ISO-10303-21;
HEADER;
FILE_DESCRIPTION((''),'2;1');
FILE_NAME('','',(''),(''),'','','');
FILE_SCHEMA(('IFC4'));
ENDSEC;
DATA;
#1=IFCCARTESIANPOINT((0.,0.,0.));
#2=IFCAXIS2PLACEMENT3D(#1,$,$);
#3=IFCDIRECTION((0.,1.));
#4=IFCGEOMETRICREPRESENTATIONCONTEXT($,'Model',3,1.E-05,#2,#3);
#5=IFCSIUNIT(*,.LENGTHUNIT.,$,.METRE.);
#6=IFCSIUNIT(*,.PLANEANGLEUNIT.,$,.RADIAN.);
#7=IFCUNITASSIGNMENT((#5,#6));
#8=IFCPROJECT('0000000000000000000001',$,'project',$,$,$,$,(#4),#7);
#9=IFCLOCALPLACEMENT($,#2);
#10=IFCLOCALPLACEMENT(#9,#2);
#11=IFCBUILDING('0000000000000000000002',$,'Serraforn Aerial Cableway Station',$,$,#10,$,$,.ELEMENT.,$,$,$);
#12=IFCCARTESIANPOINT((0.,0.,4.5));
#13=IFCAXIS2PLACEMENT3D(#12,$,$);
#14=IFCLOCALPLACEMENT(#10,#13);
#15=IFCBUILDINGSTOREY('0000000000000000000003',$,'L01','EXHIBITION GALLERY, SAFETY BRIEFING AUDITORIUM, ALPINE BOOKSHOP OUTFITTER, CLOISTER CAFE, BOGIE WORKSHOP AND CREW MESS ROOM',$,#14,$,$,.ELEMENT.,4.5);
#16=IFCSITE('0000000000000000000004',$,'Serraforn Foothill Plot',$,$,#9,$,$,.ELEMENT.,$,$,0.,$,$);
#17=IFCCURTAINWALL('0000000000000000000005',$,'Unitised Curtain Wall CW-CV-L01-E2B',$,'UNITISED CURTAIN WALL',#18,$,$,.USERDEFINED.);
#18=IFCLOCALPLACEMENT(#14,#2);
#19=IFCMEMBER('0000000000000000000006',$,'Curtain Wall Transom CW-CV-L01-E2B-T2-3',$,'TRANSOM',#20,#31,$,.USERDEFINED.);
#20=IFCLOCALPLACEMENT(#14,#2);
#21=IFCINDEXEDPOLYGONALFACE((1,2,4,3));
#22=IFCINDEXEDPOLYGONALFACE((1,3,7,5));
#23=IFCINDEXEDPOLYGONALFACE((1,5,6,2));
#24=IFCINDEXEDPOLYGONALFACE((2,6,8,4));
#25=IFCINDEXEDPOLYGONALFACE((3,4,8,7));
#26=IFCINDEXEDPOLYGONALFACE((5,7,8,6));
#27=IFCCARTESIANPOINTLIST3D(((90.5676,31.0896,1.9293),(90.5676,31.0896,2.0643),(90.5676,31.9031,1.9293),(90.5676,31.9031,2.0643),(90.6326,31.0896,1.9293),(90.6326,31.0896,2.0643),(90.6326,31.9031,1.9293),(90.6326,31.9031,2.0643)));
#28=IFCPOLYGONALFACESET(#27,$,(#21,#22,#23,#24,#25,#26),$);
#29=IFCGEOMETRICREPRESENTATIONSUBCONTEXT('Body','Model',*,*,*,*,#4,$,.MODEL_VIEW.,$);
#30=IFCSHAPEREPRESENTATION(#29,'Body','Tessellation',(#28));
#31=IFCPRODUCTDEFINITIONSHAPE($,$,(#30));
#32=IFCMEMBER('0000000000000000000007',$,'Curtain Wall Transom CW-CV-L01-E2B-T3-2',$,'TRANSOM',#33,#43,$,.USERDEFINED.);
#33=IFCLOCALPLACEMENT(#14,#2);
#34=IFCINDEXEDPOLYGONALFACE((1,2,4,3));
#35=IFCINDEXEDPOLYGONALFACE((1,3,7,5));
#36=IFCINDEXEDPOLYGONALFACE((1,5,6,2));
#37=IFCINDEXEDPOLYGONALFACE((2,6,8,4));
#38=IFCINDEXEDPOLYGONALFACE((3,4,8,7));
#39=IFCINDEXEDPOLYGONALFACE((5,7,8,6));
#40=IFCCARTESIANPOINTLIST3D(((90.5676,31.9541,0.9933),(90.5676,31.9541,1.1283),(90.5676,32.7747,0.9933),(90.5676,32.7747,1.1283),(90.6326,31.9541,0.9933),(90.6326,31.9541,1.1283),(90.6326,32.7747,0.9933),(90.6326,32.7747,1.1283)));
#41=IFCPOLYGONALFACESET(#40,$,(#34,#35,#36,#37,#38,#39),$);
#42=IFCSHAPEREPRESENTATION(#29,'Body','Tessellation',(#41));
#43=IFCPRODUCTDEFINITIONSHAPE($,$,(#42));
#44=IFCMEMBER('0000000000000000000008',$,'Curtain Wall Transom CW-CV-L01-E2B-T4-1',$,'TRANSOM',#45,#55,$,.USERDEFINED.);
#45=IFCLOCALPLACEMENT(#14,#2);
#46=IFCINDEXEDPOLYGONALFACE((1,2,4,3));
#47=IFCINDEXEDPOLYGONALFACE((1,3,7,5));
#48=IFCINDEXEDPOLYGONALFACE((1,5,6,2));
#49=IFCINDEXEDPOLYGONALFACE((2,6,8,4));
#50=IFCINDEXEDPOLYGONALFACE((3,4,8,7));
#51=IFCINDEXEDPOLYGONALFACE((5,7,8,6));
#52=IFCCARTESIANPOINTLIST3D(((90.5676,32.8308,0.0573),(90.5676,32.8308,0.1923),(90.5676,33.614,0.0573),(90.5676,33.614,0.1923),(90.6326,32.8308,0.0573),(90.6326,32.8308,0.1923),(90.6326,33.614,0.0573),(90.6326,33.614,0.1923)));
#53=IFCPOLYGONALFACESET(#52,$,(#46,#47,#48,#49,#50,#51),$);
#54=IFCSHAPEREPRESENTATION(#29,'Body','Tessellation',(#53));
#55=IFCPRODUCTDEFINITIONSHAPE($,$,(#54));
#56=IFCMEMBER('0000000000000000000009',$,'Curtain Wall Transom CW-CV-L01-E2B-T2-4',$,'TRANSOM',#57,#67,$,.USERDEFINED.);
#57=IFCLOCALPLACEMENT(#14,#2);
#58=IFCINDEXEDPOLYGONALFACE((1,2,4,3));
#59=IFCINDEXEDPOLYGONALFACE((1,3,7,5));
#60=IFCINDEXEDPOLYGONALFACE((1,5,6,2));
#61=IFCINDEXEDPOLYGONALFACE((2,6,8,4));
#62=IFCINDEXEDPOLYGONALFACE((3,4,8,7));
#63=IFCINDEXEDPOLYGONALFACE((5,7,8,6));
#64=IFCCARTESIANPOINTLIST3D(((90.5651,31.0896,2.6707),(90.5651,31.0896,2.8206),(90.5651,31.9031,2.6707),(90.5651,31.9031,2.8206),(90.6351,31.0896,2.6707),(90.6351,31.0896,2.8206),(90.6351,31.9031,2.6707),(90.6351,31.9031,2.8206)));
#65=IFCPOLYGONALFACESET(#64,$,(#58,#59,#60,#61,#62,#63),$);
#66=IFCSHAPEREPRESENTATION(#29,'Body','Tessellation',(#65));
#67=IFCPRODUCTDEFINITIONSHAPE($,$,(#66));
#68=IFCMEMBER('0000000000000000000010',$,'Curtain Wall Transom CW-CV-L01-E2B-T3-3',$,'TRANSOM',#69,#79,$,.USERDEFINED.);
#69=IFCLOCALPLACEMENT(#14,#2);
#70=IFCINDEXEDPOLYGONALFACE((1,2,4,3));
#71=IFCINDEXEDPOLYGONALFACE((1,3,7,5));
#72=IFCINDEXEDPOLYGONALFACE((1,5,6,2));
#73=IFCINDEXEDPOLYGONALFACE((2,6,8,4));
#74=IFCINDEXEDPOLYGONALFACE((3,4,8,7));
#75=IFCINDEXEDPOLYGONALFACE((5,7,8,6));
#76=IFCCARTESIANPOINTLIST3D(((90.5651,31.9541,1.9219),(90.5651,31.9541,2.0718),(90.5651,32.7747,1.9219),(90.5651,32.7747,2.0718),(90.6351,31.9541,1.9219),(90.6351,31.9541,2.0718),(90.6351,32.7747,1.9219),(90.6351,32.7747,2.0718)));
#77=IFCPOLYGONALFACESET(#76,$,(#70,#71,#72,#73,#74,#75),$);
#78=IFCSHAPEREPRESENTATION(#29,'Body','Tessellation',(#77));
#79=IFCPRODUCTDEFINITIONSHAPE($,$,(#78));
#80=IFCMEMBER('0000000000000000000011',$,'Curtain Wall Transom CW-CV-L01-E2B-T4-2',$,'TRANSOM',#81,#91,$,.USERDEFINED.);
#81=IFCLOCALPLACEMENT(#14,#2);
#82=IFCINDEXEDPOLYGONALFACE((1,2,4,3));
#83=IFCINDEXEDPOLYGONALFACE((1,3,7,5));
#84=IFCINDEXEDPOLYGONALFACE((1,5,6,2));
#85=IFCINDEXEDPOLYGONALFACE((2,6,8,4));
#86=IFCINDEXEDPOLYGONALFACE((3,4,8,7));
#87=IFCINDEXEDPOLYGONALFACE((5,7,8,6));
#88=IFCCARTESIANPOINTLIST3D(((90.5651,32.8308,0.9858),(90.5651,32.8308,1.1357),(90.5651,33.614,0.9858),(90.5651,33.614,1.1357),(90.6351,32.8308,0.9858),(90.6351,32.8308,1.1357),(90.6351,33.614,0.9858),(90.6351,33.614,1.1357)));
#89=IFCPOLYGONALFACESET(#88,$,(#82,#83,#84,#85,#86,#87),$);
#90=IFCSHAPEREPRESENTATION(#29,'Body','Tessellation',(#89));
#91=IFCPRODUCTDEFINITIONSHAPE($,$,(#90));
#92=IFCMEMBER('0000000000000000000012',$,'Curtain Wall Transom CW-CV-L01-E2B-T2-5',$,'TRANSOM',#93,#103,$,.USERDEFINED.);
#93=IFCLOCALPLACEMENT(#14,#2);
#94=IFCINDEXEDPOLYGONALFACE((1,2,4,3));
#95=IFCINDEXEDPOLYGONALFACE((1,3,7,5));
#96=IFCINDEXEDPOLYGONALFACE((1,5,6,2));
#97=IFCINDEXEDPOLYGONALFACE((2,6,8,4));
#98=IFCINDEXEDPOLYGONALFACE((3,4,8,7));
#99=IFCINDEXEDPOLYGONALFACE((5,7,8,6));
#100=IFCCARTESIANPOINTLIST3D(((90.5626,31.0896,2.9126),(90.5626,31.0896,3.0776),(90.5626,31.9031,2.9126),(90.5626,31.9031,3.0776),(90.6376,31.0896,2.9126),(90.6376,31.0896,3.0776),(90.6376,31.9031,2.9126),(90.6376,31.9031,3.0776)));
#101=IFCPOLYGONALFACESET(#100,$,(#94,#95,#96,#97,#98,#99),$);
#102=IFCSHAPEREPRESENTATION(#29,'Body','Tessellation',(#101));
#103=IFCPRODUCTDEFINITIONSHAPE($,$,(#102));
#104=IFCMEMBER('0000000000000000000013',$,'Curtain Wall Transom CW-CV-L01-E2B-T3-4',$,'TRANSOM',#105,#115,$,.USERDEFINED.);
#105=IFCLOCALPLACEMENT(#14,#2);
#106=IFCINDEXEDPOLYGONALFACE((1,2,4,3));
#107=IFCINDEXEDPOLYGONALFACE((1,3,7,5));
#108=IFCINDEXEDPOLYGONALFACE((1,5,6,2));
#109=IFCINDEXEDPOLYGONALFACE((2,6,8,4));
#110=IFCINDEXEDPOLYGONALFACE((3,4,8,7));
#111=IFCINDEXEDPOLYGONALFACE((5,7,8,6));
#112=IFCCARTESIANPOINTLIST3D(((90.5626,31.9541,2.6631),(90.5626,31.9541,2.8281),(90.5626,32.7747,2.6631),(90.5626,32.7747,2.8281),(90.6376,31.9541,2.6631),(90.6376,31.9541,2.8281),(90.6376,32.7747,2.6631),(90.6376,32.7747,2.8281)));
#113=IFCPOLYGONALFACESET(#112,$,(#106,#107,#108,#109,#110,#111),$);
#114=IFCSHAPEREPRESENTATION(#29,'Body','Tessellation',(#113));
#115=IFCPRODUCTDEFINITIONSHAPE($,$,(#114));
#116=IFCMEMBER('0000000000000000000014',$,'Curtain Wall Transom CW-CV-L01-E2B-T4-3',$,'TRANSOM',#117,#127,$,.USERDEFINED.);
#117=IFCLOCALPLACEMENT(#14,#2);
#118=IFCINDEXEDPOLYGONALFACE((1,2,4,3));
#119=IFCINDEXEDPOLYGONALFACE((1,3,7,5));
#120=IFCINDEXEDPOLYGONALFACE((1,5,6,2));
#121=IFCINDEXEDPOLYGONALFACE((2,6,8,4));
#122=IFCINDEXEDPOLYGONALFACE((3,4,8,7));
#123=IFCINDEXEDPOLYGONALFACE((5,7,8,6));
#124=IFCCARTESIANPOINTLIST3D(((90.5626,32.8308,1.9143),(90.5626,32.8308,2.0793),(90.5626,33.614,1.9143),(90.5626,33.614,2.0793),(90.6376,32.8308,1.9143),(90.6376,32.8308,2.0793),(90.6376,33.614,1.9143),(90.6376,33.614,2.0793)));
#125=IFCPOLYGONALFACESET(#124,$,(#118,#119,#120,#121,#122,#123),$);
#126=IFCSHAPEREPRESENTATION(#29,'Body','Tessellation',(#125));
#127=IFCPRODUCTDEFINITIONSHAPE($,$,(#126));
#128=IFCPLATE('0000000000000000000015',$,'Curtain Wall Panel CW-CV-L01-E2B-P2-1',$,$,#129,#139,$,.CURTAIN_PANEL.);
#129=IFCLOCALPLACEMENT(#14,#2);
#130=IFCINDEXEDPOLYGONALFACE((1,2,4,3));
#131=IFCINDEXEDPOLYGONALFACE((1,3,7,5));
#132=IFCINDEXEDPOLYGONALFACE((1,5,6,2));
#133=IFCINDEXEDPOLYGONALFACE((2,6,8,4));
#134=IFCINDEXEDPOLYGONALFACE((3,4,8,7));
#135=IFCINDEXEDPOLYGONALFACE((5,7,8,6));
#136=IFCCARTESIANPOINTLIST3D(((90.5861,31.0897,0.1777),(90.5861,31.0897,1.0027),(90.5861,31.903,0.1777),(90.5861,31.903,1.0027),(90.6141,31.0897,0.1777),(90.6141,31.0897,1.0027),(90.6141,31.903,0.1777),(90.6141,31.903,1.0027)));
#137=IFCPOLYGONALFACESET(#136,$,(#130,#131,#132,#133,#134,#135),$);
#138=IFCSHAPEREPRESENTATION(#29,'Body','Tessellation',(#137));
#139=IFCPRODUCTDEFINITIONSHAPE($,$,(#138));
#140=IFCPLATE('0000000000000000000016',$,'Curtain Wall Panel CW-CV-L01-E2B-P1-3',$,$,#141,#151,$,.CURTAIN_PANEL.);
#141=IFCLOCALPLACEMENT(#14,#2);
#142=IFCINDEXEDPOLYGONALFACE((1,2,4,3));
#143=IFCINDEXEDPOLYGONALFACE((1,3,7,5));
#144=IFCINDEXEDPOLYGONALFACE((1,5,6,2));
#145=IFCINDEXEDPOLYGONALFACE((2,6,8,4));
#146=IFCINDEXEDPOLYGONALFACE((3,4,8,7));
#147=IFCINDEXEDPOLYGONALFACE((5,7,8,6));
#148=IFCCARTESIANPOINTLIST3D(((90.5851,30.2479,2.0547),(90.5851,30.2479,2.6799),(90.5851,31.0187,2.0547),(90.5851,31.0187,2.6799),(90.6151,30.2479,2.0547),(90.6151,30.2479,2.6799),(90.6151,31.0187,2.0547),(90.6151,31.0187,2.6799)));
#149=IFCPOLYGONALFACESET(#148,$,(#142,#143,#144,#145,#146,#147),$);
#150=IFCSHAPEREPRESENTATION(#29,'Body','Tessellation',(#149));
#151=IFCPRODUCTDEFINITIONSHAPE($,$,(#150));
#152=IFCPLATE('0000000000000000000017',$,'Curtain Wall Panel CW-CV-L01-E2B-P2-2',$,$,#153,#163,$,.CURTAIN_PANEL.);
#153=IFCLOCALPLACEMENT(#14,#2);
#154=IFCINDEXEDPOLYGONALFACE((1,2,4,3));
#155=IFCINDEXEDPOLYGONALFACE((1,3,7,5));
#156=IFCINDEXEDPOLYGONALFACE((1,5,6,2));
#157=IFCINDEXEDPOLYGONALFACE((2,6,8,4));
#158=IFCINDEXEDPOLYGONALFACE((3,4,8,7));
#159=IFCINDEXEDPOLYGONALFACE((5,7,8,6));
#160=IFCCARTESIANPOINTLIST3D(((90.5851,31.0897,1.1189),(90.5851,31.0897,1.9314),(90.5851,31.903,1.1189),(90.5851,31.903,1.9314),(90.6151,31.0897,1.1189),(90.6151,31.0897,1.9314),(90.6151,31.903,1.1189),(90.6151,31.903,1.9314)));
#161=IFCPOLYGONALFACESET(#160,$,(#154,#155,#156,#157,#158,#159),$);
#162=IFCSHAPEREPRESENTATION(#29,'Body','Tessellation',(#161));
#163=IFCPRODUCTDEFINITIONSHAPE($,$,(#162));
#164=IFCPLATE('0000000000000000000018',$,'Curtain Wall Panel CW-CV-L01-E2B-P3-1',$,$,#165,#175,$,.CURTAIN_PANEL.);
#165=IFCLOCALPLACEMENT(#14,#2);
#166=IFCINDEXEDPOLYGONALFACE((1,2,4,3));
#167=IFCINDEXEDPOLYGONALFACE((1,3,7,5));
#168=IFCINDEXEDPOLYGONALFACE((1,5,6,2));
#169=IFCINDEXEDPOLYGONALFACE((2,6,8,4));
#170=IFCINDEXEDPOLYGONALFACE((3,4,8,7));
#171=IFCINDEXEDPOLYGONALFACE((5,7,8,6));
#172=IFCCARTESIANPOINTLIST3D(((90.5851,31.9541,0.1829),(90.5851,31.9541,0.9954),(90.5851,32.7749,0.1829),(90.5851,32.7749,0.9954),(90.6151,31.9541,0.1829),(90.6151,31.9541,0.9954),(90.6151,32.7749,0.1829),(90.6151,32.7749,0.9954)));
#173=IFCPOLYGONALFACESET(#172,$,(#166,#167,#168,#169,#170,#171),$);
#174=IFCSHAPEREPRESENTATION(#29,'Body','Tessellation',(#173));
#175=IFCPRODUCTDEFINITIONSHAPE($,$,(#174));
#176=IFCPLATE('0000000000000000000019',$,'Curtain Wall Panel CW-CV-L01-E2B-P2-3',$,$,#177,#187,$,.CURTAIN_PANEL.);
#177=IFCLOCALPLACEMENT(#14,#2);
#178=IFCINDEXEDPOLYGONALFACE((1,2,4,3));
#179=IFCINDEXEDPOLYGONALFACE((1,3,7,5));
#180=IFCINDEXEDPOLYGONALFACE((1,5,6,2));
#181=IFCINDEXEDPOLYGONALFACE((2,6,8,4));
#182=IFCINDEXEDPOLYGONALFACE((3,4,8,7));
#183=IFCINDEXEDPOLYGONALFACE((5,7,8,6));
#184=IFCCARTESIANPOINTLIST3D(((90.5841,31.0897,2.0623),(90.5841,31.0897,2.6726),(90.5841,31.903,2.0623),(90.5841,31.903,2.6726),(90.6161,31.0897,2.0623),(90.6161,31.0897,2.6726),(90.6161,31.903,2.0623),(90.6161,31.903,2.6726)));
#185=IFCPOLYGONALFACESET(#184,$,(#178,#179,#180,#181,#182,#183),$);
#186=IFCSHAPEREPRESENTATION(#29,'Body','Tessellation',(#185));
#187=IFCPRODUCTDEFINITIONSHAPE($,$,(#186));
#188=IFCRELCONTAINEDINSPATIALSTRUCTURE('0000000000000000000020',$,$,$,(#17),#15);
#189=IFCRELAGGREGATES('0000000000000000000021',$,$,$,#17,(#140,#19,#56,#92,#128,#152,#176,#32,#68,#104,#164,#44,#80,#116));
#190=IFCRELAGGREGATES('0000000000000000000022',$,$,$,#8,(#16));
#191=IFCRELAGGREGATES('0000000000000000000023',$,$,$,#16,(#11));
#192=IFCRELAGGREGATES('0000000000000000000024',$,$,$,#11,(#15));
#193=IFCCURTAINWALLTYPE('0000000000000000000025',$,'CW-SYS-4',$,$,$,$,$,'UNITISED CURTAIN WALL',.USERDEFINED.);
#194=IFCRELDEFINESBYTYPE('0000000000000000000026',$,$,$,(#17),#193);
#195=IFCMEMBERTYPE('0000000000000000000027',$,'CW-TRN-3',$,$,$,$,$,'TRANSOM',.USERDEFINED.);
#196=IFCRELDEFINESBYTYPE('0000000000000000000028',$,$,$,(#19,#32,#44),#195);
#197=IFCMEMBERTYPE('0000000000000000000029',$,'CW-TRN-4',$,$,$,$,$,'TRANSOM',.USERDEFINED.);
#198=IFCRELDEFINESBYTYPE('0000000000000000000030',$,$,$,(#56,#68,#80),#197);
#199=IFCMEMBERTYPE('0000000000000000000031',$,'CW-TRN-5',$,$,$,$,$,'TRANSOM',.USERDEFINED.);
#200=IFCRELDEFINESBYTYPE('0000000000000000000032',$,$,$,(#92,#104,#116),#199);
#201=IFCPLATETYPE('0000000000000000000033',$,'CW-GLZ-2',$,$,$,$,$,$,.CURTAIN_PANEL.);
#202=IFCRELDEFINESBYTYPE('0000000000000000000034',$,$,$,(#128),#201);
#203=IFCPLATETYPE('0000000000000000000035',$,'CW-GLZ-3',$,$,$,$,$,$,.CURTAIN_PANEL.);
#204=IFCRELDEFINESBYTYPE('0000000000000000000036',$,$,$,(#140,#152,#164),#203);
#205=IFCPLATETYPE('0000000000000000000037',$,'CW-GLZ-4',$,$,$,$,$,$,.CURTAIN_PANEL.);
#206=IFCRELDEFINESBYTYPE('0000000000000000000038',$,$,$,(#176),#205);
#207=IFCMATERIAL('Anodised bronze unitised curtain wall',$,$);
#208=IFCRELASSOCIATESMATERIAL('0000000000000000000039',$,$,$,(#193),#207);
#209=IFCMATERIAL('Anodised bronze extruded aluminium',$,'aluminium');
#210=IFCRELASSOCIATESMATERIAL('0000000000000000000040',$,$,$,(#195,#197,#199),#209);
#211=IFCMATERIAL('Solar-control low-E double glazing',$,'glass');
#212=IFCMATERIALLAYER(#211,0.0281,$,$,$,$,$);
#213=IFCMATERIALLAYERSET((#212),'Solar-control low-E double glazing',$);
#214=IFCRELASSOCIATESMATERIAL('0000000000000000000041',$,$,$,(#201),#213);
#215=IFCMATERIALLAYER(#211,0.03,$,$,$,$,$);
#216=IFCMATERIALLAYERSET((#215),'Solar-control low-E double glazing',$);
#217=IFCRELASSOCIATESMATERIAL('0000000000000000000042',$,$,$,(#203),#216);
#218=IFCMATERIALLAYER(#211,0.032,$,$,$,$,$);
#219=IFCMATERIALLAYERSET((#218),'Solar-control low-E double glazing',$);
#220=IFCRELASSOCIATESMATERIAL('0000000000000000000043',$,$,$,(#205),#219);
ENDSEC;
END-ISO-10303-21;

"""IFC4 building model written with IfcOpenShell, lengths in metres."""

from ifc_helpers import new_model, si_unit, direction, frame, origin, origin_2d, place, context, subcontext, project, spatial, rectangle, extrude, material, layer, layer_set, material_profile, profile_set, type_object, element, aggregate, save


model = new_model("IFC4")

# Units and contexts
model_context = context("Model", 3, precision=1e-05, world=origin(), true_north=direction((0.0, 1.0)))
body_context = subcontext(model_context, "Body", "Model", "MODEL_VIEW")
ifc_project = project(units=[si_unit("LENGTHUNIT", "METRE"), si_unit("PLANEANGLEUNIT", "RADIAN")], contexts=[model_context])

# Site, building, storey
site_placement = place(None, origin())
site = spatial("IfcSite", under=ifc_project, at=site_placement, Name="Serraforn Foothill Plot", CompositionType="ELEMENT", RefElevation=0.0)
building_placement = place(site_placement, origin())
building = spatial("IfcBuilding", under=site, at=building_placement, Name="Serraforn Aerial Cableway Station", CompositionType="ELEMENT")
storey_placement = place(building_placement, frame((0.0, 0.0, 4.5)))
storey = spatial("IfcBuildingStorey", under=building, at=storey_placement, Name="L01", Description="EXHIBITION GALLERY, SAFETY BRIEFING AUDITORIUM, ALPINE BOOKSHOP OUTFITTER, CLOISTER CAFE, BOGIE WORKSHOP AND CREW MESS ROOM", CompositionType="ELEMENT", Elevation=4.5)

# Curtain wall, members, plates
ifc_material_1 = material(Name="Anodised bronze unitised curtain wall")
curtain_wall_type = type_object("IfcCurtainWallType", Name="CW-SYS-4", ElementType="UNITISED CURTAIN WALL", PredefinedType="USERDEFINED", material=ifc_material_1)
curtain_wall_placement = place(storey_placement, origin())
curtain_wall = element("IfcCurtainWall", 1, at=curtain_wall_placement, inside=storey, type_object=curtain_wall_type, Name="Unitised Curtain Wall CW-CV-L01-E2B", ObjectType="UNITISED CURTAIN WALL", PredefinedType="USERDEFINED")
ifc_material_2 = material(Name="Anodised bronze extruded aluminium", Category="aluminium")
ifc_material_profile_1 = material_profile(ifc_material_2, rectangle(XDim=0.0649, YDim=0.135, at=origin_2d()), Name="CW TRANSOM 65x135")
ifc_profile_set_1 = profile_set([ifc_material_profile_1], Name="Anodised bronze extruded aluminium")
member_type_1 = type_object("IfcMemberType", Name="CW-TRN-3", ElementType="TRANSOM", PredefinedType="USERDEFINED", material=ifc_profile_set_1)
member_1_placement = place(storey_placement, frame((90.6001, 31.0896, 1.9968), z_axis=(0.0, 1.0, 0.0), x_axis=(-1.0, 0.0, 0.0)))
member_1 = element("IfcMember", 2, at=member_1_placement, type_object=member_type_1, Name="Curtain Wall Transom CW-CV-L01-E2B-T2-3", ObjectType="TRANSOM", PredefinedType="USERDEFINED", context=body_context, shape_type="SweptSolid", body=[
    extrude(rectangle(XDim=0.0649, YDim=0.135, at=origin_2d()), origin(), (0.0, 0.0, 1.0), 0.8135),
])
member_2_placement = place(storey_placement, frame((90.6001, 31.9541, 1.0608), z_axis=(0.0, 1.0, 0.0), x_axis=(-1.0, 0.0, 0.0)))
member_2 = element("IfcMember", 3, at=member_2_placement, type_object=member_type_1, Name="Curtain Wall Transom CW-CV-L01-E2B-T3-2", ObjectType="TRANSOM", PredefinedType="USERDEFINED", context=body_context, shape_type="SweptSolid", body=[
    extrude(rectangle(XDim=0.0649, YDim=0.135, at=origin_2d()), origin(), (0.0, 0.0, 1.0), 0.8206),
])
member_3_placement = place(storey_placement, frame((90.6001, 32.8308, 0.1248), z_axis=(0.0, 1.0, 0.0), x_axis=(-1.0, 0.0, 0.0)))
member_3 = element("IfcMember", 4, at=member_3_placement, type_object=member_type_1, Name="Curtain Wall Transom CW-CV-L01-E2B-T4-1", ObjectType="TRANSOM", PredefinedType="USERDEFINED", context=body_context, shape_type="SweptSolid", body=[
    extrude(rectangle(XDim=0.0649, YDim=0.135, at=origin_2d()), origin(), (0.0, 0.0, 1.0), 0.7832),
])
ifc_material_profile_2 = material_profile(ifc_material_2, rectangle(XDim=0.0701, YDim=0.1499, at=origin_2d()), Name="CW TRANSOM 70x150")
ifc_profile_set_2 = profile_set([ifc_material_profile_2], Name="Anodised bronze extruded aluminium")
member_type_2 = type_object("IfcMemberType", Name="CW-TRN-4", ElementType="TRANSOM", PredefinedType="USERDEFINED", material=ifc_profile_set_2)
member_4_placement = place(storey_placement, frame((90.6001, 31.0896, 2.7456), z_axis=(0.0, 1.0, 0.0), x_axis=(-1.0, 0.0, 0.0)))
member_4 = element("IfcMember", 5, at=member_4_placement, type_object=member_type_2, Name="Curtain Wall Transom CW-CV-L01-E2B-T2-4", ObjectType="TRANSOM", PredefinedType="USERDEFINED", context=body_context, shape_type="SweptSolid", body=[
    extrude(rectangle(XDim=0.0701, YDim=0.1499, at=origin_2d()), origin(), (0.0, 0.0, 1.0), 0.8135),
])
member_5_placement = place(storey_placement, frame((90.6001, 31.9541, 1.9968), z_axis=(0.0, 1.0, 0.0), x_axis=(-1.0, 0.0, 0.0)))
member_5 = element("IfcMember", 6, at=member_5_placement, type_object=member_type_2, Name="Curtain Wall Transom CW-CV-L01-E2B-T3-3", ObjectType="TRANSOM", PredefinedType="USERDEFINED", context=body_context, shape_type="SweptSolid", body=[
    extrude(rectangle(XDim=0.0701, YDim=0.1499, at=origin_2d()), origin(), (0.0, 0.0, 1.0), 0.8206),
])
member_6_placement = place(storey_placement, frame((90.6001, 32.8308, 1.0608), z_axis=(0.0, 1.0, 0.0), x_axis=(-1.0, 0.0, 0.0)))
member_6 = element("IfcMember", 7, at=member_6_placement, type_object=member_type_2, Name="Curtain Wall Transom CW-CV-L01-E2B-T4-2", ObjectType="TRANSOM", PredefinedType="USERDEFINED", context=body_context, shape_type="SweptSolid", body=[
    extrude(rectangle(XDim=0.0701, YDim=0.1499, at=origin_2d()), origin(), (0.0, 0.0, 1.0), 0.7832),
])
ifc_material_profile_3 = material_profile(ifc_material_2, rectangle(XDim=0.075, YDim=0.165, at=origin_2d()), Name="CW TRANSOM 75x165")
ifc_profile_set_3 = profile_set([ifc_material_profile_3], Name="Anodised bronze extruded aluminium")
member_type_3 = type_object("IfcMemberType", Name="CW-TRN-5", ElementType="TRANSOM", PredefinedType="USERDEFINED", material=ifc_profile_set_3)
member_7_placement = place(storey_placement, frame((90.6001, 31.0896, 2.9951), z_axis=(0.0, 1.0, 0.0), x_axis=(-1.0, 0.0, 0.0)))
member_7 = element("IfcMember", 8, at=member_7_placement, type_object=member_type_3, Name="Curtain Wall Transom CW-CV-L01-E2B-T2-5", ObjectType="TRANSOM", PredefinedType="USERDEFINED", context=body_context, shape_type="SweptSolid", body=[
    extrude(rectangle(XDim=0.075, YDim=0.165, at=origin_2d()), origin(), (0.0, 0.0, 1.0), 0.8135),
])
member_8_placement = place(storey_placement, frame((90.6001, 31.9541, 2.7456), z_axis=(0.0, 1.0, 0.0), x_axis=(-1.0, 0.0, 0.0)))
member_8 = element("IfcMember", 9, at=member_8_placement, type_object=member_type_3, Name="Curtain Wall Transom CW-CV-L01-E2B-T3-4", ObjectType="TRANSOM", PredefinedType="USERDEFINED", context=body_context, shape_type="SweptSolid", body=[
    extrude(rectangle(XDim=0.075, YDim=0.165, at=origin_2d()), origin(), (0.0, 0.0, 1.0), 0.8206),
])
member_9_placement = place(storey_placement, frame((90.6001, 32.8308, 1.9968), z_axis=(0.0, 1.0, 0.0), x_axis=(-1.0, 0.0, 0.0)))
member_9 = element("IfcMember", 10, at=member_9_placement, type_object=member_type_3, Name="Curtain Wall Transom CW-CV-L01-E2B-T4-3", ObjectType="TRANSOM", PredefinedType="USERDEFINED", context=body_context, shape_type="SweptSolid", body=[
    extrude(rectangle(XDim=0.075, YDim=0.165, at=origin_2d()), origin(), (0.0, 0.0, 1.0), 0.7832),
])
ifc_material_3 = material(Name="Solar-control low-E double glazing", Category="glass")
ifc_layer_1 = layer(ifc_material_3, 0.0281)
ifc_layer_set_1 = layer_set([ifc_layer_1], Name="Solar-control low-E double glazing")
plate_type_1 = type_object("IfcPlateType", Name="CW-GLZ-2", PredefinedType="CURTAIN_PANEL", material=ifc_layer_set_1)
plate_1_placement = place(storey_placement, frame((90.6001, 31.4963, 0.1777), z_axis=(0.0, 0.0, 1.0), x_axis=(1.0, 0.0, 0.0)))
plate_1 = element("IfcPlate", 11, at=plate_1_placement, type_object=plate_type_1, Name="Curtain Wall Panel CW-CV-L01-E2B-P2-1", PredefinedType="CURTAIN_PANEL", context=body_context, shape_type="SweptSolid", body=[
    extrude(rectangle(XDim=0.0281, YDim=0.8132, at=origin_2d()), origin(), (0.0, 0.0, 1.0), 0.825),
])
ifc_layer_2 = layer(ifc_material_3, 0.03)
ifc_layer_set_2 = layer_set([ifc_layer_2], Name="Solar-control low-E double glazing")
plate_type_2 = type_object("IfcPlateType", Name="CW-GLZ-3", PredefinedType="CURTAIN_PANEL", material=ifc_layer_set_2)
plate_2_placement = place(storey_placement, frame((90.6001, 30.6333, 2.0547), z_axis=(0.0, 0.0, 1.0), x_axis=(1.0, 0.0, 0.0)))
plate_2 = element("IfcPlate", 12, at=plate_2_placement, type_object=plate_type_2, Name="Curtain Wall Panel CW-CV-L01-E2B-P1-3", PredefinedType="CURTAIN_PANEL", context=body_context, shape_type="SweptSolid", body=[
    extrude(rectangle(XDim=0.03, YDim=0.7708, at=origin_2d()), origin(), (0.0, 0.0, 1.0), 0.6252),
])
plate_3_placement = place(storey_placement, frame((90.6001, 31.4963, 1.1189), z_axis=(0.0, 0.0, 1.0), x_axis=(1.0, 0.0, 0.0)))
plate_3 = element("IfcPlate", 13, at=plate_3_placement, type_object=plate_type_2, Name="Curtain Wall Panel CW-CV-L01-E2B-P2-2", PredefinedType="CURTAIN_PANEL", context=body_context, shape_type="SweptSolid", body=[
    extrude(rectangle(XDim=0.03, YDim=0.8132, at=origin_2d()), origin(), (0.0, 0.0, 1.0), 0.8125),
])
plate_4_placement = place(storey_placement, frame((90.6001, 32.3645, 0.1829), z_axis=(0.0, 0.0, 1.0), x_axis=(1.0, 0.0, 0.0)))
plate_4 = element("IfcPlate", 14, at=plate_4_placement, type_object=plate_type_2, Name="Curtain Wall Panel CW-CV-L01-E2B-P3-1", PredefinedType="CURTAIN_PANEL", context=body_context, shape_type="SweptSolid", body=[
    extrude(rectangle(XDim=0.03, YDim=0.8208, at=origin_2d()), origin(), (0.0, 0.0, 1.0), 0.8125),
])
ifc_layer_3 = layer(ifc_material_3, 0.032)
ifc_layer_set_3 = layer_set([ifc_layer_3], Name="Solar-control low-E double glazing")
plate_type_3 = type_object("IfcPlateType", Name="CW-GLZ-4", PredefinedType="CURTAIN_PANEL", material=ifc_layer_set_3)
plate_5_placement = place(storey_placement, frame((90.6001, 31.4963, 2.0623), z_axis=(0.0, 0.0, 1.0), x_axis=(1.0, 0.0, 0.0)))
plate_5 = element("IfcPlate", 15, at=plate_5_placement, type_object=plate_type_3, Name="Curtain Wall Panel CW-CV-L01-E2B-P2-3", PredefinedType="CURTAIN_PANEL", context=body_context, shape_type="SweptSolid", body=[
    extrude(rectangle(XDim=0.032, YDim=0.8132, at=origin_2d()), origin(), (0.0, 0.0, 1.0), 0.6104),
])
aggregate(curtain_wall, [plate_2, member_1, member_4, member_7, plate_1, plate_3, plate_5, member_2, member_5, member_8, plate_4, member_3, member_6, member_9])

save(model, "model.ifc")
